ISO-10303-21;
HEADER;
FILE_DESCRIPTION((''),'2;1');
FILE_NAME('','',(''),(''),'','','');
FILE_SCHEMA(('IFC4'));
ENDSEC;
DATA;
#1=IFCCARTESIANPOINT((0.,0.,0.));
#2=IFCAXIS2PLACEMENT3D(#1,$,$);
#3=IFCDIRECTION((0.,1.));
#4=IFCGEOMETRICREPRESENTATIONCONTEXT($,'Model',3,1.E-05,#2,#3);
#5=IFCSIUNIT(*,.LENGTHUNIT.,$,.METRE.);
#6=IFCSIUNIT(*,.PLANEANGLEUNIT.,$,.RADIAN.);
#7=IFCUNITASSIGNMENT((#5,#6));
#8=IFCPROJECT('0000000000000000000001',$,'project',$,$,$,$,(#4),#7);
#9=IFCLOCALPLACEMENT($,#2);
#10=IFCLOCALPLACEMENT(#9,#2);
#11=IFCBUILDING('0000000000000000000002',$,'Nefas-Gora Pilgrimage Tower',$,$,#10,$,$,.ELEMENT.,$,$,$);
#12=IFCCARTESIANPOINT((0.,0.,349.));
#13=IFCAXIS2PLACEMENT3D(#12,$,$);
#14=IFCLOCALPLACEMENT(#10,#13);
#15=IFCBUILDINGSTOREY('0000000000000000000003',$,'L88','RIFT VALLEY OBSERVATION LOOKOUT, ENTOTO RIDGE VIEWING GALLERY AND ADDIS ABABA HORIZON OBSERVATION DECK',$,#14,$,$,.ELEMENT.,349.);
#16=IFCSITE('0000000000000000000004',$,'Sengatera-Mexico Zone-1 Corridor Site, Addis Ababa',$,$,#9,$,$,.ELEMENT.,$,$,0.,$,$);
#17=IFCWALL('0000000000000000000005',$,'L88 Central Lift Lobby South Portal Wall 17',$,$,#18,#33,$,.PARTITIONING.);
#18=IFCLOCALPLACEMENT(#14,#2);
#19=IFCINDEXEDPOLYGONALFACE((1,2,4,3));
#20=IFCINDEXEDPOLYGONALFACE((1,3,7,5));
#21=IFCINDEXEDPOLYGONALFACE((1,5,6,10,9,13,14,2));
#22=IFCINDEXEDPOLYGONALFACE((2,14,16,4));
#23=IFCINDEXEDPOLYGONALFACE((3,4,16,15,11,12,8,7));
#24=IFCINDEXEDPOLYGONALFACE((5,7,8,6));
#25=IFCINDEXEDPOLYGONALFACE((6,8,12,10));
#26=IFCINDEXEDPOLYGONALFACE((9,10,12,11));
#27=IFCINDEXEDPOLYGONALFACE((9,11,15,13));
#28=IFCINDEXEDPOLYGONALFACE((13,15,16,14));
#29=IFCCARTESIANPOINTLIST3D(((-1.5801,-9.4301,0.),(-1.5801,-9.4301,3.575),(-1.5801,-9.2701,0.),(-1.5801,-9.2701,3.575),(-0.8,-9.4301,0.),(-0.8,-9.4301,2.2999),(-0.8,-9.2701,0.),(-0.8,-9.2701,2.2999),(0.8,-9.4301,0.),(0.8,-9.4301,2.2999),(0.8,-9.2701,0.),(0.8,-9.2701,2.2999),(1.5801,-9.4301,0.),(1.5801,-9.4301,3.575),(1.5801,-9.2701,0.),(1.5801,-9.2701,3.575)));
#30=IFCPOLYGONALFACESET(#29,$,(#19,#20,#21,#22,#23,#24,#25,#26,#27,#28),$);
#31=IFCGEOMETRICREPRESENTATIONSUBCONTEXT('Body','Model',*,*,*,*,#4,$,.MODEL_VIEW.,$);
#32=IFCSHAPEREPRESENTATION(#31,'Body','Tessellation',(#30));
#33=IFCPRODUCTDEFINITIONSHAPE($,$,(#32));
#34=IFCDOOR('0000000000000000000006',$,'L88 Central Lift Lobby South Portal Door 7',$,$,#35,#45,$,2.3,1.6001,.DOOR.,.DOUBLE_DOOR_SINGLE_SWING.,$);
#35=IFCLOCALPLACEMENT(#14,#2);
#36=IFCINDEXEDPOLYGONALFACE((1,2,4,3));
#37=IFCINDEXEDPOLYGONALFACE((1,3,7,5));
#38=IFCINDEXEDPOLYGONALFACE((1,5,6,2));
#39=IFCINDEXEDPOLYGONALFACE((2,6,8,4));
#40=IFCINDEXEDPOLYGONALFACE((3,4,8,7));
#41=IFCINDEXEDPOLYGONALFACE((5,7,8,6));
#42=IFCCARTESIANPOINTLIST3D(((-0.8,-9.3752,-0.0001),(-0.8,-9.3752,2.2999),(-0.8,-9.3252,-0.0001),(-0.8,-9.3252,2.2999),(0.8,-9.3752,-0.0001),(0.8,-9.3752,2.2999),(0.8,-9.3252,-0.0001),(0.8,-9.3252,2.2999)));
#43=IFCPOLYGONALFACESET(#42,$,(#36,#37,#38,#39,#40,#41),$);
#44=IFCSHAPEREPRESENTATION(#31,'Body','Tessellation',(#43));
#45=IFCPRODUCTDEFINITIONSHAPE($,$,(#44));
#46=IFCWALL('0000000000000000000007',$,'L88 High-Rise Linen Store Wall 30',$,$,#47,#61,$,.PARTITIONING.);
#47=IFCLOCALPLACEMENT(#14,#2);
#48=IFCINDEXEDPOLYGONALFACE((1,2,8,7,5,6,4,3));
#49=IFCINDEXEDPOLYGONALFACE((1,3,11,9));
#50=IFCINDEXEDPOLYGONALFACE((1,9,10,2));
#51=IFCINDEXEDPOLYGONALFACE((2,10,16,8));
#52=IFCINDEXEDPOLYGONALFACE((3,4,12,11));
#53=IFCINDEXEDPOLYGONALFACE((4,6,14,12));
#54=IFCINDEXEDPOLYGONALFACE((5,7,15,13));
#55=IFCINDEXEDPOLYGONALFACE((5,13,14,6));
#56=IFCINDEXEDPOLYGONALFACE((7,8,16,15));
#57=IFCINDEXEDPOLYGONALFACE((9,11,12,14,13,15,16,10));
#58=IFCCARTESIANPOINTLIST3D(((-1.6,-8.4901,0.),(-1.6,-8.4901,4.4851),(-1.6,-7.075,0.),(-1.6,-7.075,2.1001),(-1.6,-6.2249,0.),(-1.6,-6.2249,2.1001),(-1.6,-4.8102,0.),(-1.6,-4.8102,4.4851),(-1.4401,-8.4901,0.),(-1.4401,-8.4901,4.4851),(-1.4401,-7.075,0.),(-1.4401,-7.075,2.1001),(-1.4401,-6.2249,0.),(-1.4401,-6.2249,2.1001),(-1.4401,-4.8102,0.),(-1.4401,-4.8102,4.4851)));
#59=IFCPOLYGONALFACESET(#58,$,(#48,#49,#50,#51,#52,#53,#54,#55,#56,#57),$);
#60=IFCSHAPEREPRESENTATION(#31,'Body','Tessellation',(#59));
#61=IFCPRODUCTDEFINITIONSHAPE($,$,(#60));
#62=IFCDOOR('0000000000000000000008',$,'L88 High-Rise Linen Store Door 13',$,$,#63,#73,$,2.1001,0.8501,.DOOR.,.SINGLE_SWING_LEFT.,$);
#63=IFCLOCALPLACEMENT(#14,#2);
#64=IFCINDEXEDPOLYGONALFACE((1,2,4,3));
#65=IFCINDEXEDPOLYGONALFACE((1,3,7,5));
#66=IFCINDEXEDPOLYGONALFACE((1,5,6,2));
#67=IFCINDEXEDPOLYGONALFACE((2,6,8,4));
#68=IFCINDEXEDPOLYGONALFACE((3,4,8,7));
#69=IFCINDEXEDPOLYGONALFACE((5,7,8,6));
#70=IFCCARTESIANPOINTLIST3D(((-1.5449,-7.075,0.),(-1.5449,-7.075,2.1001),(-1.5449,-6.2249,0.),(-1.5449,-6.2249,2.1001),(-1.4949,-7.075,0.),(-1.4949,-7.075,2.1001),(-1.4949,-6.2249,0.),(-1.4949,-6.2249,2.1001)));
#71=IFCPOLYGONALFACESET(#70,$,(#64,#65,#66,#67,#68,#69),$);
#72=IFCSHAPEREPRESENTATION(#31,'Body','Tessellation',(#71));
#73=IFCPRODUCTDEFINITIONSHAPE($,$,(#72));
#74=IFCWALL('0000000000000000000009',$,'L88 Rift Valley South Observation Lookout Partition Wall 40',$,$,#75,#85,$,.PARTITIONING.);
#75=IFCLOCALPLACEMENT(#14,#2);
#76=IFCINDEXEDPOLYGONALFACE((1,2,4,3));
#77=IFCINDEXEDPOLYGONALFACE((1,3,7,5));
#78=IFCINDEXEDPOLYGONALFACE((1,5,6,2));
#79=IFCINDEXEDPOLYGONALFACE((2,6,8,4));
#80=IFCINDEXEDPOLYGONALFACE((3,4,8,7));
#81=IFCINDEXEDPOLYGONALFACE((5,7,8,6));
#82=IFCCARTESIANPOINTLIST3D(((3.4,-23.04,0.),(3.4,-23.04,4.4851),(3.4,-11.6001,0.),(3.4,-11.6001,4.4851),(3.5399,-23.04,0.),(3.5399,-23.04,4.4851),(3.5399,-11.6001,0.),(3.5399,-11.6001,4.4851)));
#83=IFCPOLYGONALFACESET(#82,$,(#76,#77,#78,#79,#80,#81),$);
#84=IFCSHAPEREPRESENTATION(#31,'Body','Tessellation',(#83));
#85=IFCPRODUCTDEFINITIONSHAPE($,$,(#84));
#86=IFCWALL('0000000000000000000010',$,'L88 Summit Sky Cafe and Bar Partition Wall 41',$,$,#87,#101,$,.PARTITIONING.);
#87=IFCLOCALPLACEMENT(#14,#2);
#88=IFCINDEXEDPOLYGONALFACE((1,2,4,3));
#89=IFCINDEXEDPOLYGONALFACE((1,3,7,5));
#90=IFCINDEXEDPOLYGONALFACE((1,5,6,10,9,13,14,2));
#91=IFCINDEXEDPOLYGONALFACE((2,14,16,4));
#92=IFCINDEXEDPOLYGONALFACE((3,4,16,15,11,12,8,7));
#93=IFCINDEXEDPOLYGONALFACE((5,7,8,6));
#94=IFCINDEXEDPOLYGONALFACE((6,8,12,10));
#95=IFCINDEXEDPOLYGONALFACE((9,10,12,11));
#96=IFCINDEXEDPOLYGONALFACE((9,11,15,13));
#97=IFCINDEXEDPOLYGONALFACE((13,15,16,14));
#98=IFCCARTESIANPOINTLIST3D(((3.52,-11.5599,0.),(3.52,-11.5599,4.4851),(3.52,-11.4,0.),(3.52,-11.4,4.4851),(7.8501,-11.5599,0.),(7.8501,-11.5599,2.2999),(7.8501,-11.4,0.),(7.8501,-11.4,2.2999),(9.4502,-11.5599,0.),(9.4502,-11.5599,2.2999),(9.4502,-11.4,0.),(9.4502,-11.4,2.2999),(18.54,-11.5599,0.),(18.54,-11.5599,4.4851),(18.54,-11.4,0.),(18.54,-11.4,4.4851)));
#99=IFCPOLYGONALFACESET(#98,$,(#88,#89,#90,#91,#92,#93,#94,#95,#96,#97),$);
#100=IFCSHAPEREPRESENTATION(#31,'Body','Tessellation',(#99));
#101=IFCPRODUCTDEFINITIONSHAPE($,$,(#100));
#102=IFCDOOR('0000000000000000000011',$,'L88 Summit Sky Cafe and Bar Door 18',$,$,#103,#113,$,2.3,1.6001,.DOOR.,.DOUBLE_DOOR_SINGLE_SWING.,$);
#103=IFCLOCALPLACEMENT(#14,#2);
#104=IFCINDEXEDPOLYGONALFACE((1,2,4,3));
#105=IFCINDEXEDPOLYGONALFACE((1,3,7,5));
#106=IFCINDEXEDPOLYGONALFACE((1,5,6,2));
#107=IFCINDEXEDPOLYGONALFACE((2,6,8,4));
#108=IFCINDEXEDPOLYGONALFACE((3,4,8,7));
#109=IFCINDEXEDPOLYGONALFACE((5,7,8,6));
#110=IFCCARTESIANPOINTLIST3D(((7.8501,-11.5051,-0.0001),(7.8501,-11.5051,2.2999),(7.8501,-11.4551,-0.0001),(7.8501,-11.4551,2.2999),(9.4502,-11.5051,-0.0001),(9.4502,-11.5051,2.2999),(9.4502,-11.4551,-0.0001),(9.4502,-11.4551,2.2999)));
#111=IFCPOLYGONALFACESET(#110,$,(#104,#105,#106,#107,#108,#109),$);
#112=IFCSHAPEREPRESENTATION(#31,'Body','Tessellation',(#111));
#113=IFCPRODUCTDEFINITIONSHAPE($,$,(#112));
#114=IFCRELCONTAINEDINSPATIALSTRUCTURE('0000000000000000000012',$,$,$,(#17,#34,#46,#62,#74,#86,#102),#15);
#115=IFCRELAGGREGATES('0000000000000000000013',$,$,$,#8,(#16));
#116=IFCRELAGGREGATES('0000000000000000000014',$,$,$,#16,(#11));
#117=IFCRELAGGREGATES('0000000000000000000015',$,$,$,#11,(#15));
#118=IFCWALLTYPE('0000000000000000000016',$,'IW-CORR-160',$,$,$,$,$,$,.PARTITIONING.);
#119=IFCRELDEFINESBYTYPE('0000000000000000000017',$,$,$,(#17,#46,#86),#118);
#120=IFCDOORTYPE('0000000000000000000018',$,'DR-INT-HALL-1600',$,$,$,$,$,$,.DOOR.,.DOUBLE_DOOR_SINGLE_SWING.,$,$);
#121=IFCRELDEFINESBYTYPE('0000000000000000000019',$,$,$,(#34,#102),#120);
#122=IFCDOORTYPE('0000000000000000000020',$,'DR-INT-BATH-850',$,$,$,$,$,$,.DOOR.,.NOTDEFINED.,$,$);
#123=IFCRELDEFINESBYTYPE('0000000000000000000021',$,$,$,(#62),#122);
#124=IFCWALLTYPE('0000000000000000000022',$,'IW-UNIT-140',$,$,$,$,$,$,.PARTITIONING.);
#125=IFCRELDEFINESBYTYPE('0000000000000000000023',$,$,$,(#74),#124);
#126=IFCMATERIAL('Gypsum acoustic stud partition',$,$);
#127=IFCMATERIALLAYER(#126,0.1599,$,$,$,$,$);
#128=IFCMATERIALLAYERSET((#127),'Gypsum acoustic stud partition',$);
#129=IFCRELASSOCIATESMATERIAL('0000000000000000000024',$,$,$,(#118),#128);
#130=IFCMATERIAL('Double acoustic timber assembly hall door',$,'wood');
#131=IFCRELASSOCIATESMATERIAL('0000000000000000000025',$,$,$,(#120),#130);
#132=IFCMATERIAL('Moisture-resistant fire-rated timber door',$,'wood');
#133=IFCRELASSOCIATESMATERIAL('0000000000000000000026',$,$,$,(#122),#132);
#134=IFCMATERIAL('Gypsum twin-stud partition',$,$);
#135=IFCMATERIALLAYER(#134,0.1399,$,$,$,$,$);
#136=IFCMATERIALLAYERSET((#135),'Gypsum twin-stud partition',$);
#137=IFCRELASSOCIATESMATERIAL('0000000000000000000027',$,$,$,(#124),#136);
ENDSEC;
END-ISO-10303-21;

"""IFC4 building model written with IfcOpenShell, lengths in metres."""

from ifc_helpers import new_model, si_unit, direction, frame, frame_2d, origin, place, context, subcontext, project, spatial, rectangle, extrude, source, transform, mapped, material, layer, layer_set, type_object, element, fill, save


model = new_model("IFC4")

# Units and contexts
model_context = context("Model", 3, precision=1e-05, world=origin(), true_north=direction((0.0, 1.0)))
body_context = subcontext(model_context, "Body", "Model", "MODEL_VIEW")
ifc_project = project(units=[si_unit("LENGTHUNIT", "METRE"), si_unit("PLANEANGLEUNIT", "RADIAN")], contexts=[model_context])

# Site, building, storey
site_placement = place(None, origin())
site = spatial("IfcSite", under=ifc_project, at=site_placement, Name="Sengatera-Mexico Zone-1 Corridor Site, Addis Ababa", CompositionType="ELEMENT", RefElevation=0.0)
building_placement = place(site_placement, origin())
building = spatial("IfcBuilding", under=site, at=building_placement, Name="Nefas-Gora Pilgrimage Tower", CompositionType="ELEMENT")
storey_placement = place(building_placement, frame((0.0, 0.0, 349.0)))
storey = spatial("IfcBuildingStorey", under=building, at=storey_placement, Name="L88", Description="RIFT VALLEY OBSERVATION LOOKOUT, ENTOTO RIDGE VIEWING GALLERY AND ADDIS ABABA HORIZON OBSERVATION DECK", CompositionType="ELEMENT", Elevation=349.0)

# Walls, openings, doors
ifc_material_1 = material(Name="Gypsum acoustic stud partition")
ifc_layer_1 = layer(ifc_material_1, 0.1599)
ifc_layer_set_1 = layer_set([ifc_layer_1], Name="Gypsum acoustic stud partition")
wall_type_1 = type_object("IfcWallType", Name="IW-CORR-160", PredefinedType="PARTITIONING", material=ifc_layer_set_1)
shared_shape_1 = source(origin(), body_context, "Body", "SweptSolid", [
    extrude(rectangle(XDim=3.1602, YDim=0.1599, at=frame_2d((1.5801, 0.0))), origin(), (0.0, 0.0, 1.0), 3.575),
])
wall_1_placement = place(storey_placement, frame((-1.5801, -9.3501, 0.0), z_axis=(0.0, 0.0, 1.0), x_axis=(1.0, 0.0, 0.0)))
wall_1 = element("IfcWall", 1, at=wall_1_placement, inside=storey, type_object=wall_type_1, Name="L88 Central Lift Lobby South Portal Wall 17", PredefinedType="PARTITIONING", context=body_context, shape_type="MappedRepresentation", body=[
    mapped(shared_shape_1, transform((0.0, 0.0, 0.0), x_axis=(1.0, 0.0, 0.0), y_axis=(0.0, 1.0, 0.0), z_axis=(0.0, 0.0, 1.0), scale=1.0)),
])
opening_1_placement = place(wall_1_placement, frame((0.78, 0.0, 0.0)))
opening_1 = element("IfcOpeningElement", 2, at=opening_1_placement, cuts=wall_1, PredefinedType="OPENING", context=body_context, shape_type="SweptSolid", body=[
    extrude(rectangle(XDim=1.6001, YDim=2.3, at=frame_2d((0.8, 1.1499))), frame((0.0, 0.0898, 0.0), z_axis=(0.0, -1.0, 0.0), x_axis=(1.0, 0.0, 0.0)), (0.0, 0.0, 1.0), 0.1799),
])
ifc_material_2 = material(Name="Double acoustic timber assembly hall door", Category="wood")
door_type_1 = type_object("IfcDoorType", Name="DR-INT-HALL-1600", OperationType="DOUBLE_DOOR_SINGLE_SWING", PredefinedType="DOOR", material=ifc_material_2)
shared_shape_2 = source(origin(), body_context, "Body", "SweptSolid", [
    extrude(rectangle(XDim=1.6001, YDim=2.3, at=frame_2d((0.8, 1.1499))), frame((0.0, 0.0249, 0.0), z_axis=(0.0, -1.0, 0.0), x_axis=(1.0, 0.0, 0.0)), (0.0, 0.0, 1.0), 0.05),
])
door_1_placement = place(opening_1_placement, origin())
door_1 = element("IfcDoor", 3, at=door_1_placement, inside=storey, type_object=door_type_1, Name="L88 Central Lift Lobby South Portal Door 7", OperationType="DOUBLE_DOOR_SINGLE_SWING", OverallHeight=2.3, OverallWidth=1.6001, PredefinedType="DOOR", context=body_context, shape_type="MappedRepresentation", body=[
    mapped(shared_shape_2, transform((0.0, 0.0, 0.0), x_axis=(1.0, 0.0, 0.0), y_axis=(0.0, 1.0, 0.0), z_axis=(0.0, 0.0, 1.0), scale=1.0)),
])
fill(opening_1, door_1)
shared_shape_3 = source(origin(), body_context, "Body", "SweptSolid", [
    extrude(rectangle(XDim=3.6799, YDim=0.1599, at=frame_2d((1.8398, 0.0))), origin(), (0.0, 0.0, 1.0), 4.4851),
])
wall_2_placement = place(storey_placement, frame((-1.52, -8.49, 0.0), z_axis=(0.0, 0.0, 1.0), x_axis=(0.0, 1.0, 0.0)))
wall_2 = element("IfcWall", 4, at=wall_2_placement, inside=storey, type_object=wall_type_1, Name="L88 High-Rise Linen Store Wall 30", PredefinedType="PARTITIONING", context=body_context, shape_type="MappedRepresentation", body=[
    mapped(shared_shape_3, transform((0.0, 0.0, 0.0), x_axis=(1.0, 0.0, 0.0), y_axis=(0.0, 1.0, 0.0), z_axis=(0.0, 0.0, 1.0), scale=1.0)),
])
opening_2_placement = place(wall_2_placement, frame((1.415, 0.0, 0.0)))
opening_2 = element("IfcOpeningElement", 5, at=opening_2_placement, cuts=wall_2, PredefinedType="OPENING", context=body_context, shape_type="SweptSolid", body=[
    extrude(rectangle(XDim=0.8501, YDim=2.1001, at=frame_2d((0.425, 1.05))), frame((0.0, 0.0898, 0.0), z_axis=(0.0, -1.0, 0.0), x_axis=(1.0, 0.0, 0.0)), (0.0, 0.0, 1.0), 0.1799),
])
ifc_material_3 = material(Name="Moisture-resistant fire-rated timber door", Category="wood")
door_type_2 = type_object("IfcDoorType", Name="DR-INT-BATH-850", OperationType="NOTDEFINED", PredefinedType="DOOR", material=ifc_material_3)
shared_shape_4 = source(origin(), body_context, "Body", "SweptSolid", [
    extrude(rectangle(XDim=0.8501, YDim=2.1001, at=frame_2d((0.425, 1.05))), frame((0.0, 0.0249, 0.0), z_axis=(0.0, -1.0, 0.0), x_axis=(1.0, 0.0, 0.0)), (0.0, 0.0, 1.0), 0.05),
])
door_2_placement = place(opening_2_placement, origin())
door_2 = element("IfcDoor", 6, at=door_2_placement, inside=storey, type_object=door_type_2, Name="L88 High-Rise Linen Store Door 13", OperationType="SINGLE_SWING_LEFT", OverallHeight=2.1001, OverallWidth=0.8501, PredefinedType="DOOR", context=body_context, shape_type="MappedRepresentation", body=[
    mapped(shared_shape_4, transform((0.0, 0.0, 0.0), x_axis=(1.0, 0.0, 0.0), y_axis=(0.0, 1.0, 0.0), z_axis=(0.0, 0.0, 1.0), scale=1.0)),
])
fill(opening_2, door_2)

# Wall
ifc_material_4 = material(Name="Gypsum twin-stud partition")
ifc_layer_2 = layer(ifc_material_4, 0.1399)
ifc_layer_set_2 = layer_set([ifc_layer_2], Name="Gypsum twin-stud partition")
wall_type_2 = type_object("IfcWallType", Name="IW-UNIT-140", PredefinedType="PARTITIONING", material=ifc_layer_set_2)
shared_shape_5 = source(origin(), body_context, "Body", "SweptSolid", [
    extrude(rectangle(XDim=11.4399, YDim=0.1399, at=frame_2d((5.72, 0.0))), origin(), (0.0, 0.0, 1.0), 4.4851),
])
wall_3_placement = place(storey_placement, frame((3.47, -23.04, 0.0), z_axis=(0.0, 0.0, 1.0), x_axis=(0.0, 1.0, 0.0)))
element("IfcWall", 7, at=wall_3_placement, inside=storey, type_object=wall_type_2, Name="L88 Rift Valley South Observation Lookout Partition Wall 40", PredefinedType="PARTITIONING", context=body_context, shape_type="MappedRepresentation", body=[
    mapped(shared_shape_5, transform((0.0, 0.0, 0.0), x_axis=(1.0, 0.0, 0.0), y_axis=(0.0, 1.0, 0.0), z_axis=(0.0, 0.0, 1.0), scale=1.0)),
])

# Wall, opening, door
shared_shape_6 = source(origin(), body_context, "Body", "SweptSolid", [
    extrude(rectangle(XDim=15.02, YDim=0.1599, at=frame_2d((7.51, 0.0))), origin(), (0.0, 0.0, 1.0), 4.4851),
])
wall_4_placement = place(storey_placement, frame((3.52, -11.48, 0.0), z_axis=(0.0, 0.0, 1.0), x_axis=(1.0, 0.0, 0.0)))
wall_4 = element("IfcWall", 8, at=wall_4_placement, inside=storey, type_object=wall_type_1, Name="L88 Summit Sky Cafe and Bar Partition Wall 41", PredefinedType="PARTITIONING", context=body_context, shape_type="MappedRepresentation", body=[
    mapped(shared_shape_6, transform((0.0, 0.0, 0.0), x_axis=(1.0, 0.0, 0.0), y_axis=(0.0, 1.0, 0.0), z_axis=(0.0, 0.0, 1.0), scale=1.0)),
])
opening_3_placement = place(wall_4_placement, frame((4.3301, 0.0, 0.0)))
opening_3 = element("IfcOpeningElement", 9, at=opening_3_placement, cuts=wall_4, PredefinedType="OPENING", context=body_context, shape_type="SweptSolid", body=[
    extrude(rectangle(XDim=1.6001, YDim=2.3, at=frame_2d((0.8, 1.1499))), frame((0.0, 0.0898, 0.0), z_axis=(0.0, -1.0, 0.0), x_axis=(1.0, 0.0, 0.0)), (0.0, 0.0, 1.0), 0.1799),
])
door_3_placement = place(opening_3_placement, origin())
door_3 = element("IfcDoor", 10, at=door_3_placement, inside=storey, type_object=door_type_1, Name="L88 Summit Sky Cafe and Bar Door 18", OperationType="DOUBLE_DOOR_SINGLE_SWING", OverallHeight=2.3, OverallWidth=1.6001, PredefinedType="DOOR", context=body_context, shape_type="MappedRepresentation", body=[
    mapped(shared_shape_2, transform((0.0, 0.0, 0.0), x_axis=(1.0, 0.0, 0.0), y_axis=(0.0, 1.0, 0.0), z_axis=(0.0, 0.0, 1.0), scale=1.0)),
])
fill(opening_3, door_3)

save(model, "model.ifc")
